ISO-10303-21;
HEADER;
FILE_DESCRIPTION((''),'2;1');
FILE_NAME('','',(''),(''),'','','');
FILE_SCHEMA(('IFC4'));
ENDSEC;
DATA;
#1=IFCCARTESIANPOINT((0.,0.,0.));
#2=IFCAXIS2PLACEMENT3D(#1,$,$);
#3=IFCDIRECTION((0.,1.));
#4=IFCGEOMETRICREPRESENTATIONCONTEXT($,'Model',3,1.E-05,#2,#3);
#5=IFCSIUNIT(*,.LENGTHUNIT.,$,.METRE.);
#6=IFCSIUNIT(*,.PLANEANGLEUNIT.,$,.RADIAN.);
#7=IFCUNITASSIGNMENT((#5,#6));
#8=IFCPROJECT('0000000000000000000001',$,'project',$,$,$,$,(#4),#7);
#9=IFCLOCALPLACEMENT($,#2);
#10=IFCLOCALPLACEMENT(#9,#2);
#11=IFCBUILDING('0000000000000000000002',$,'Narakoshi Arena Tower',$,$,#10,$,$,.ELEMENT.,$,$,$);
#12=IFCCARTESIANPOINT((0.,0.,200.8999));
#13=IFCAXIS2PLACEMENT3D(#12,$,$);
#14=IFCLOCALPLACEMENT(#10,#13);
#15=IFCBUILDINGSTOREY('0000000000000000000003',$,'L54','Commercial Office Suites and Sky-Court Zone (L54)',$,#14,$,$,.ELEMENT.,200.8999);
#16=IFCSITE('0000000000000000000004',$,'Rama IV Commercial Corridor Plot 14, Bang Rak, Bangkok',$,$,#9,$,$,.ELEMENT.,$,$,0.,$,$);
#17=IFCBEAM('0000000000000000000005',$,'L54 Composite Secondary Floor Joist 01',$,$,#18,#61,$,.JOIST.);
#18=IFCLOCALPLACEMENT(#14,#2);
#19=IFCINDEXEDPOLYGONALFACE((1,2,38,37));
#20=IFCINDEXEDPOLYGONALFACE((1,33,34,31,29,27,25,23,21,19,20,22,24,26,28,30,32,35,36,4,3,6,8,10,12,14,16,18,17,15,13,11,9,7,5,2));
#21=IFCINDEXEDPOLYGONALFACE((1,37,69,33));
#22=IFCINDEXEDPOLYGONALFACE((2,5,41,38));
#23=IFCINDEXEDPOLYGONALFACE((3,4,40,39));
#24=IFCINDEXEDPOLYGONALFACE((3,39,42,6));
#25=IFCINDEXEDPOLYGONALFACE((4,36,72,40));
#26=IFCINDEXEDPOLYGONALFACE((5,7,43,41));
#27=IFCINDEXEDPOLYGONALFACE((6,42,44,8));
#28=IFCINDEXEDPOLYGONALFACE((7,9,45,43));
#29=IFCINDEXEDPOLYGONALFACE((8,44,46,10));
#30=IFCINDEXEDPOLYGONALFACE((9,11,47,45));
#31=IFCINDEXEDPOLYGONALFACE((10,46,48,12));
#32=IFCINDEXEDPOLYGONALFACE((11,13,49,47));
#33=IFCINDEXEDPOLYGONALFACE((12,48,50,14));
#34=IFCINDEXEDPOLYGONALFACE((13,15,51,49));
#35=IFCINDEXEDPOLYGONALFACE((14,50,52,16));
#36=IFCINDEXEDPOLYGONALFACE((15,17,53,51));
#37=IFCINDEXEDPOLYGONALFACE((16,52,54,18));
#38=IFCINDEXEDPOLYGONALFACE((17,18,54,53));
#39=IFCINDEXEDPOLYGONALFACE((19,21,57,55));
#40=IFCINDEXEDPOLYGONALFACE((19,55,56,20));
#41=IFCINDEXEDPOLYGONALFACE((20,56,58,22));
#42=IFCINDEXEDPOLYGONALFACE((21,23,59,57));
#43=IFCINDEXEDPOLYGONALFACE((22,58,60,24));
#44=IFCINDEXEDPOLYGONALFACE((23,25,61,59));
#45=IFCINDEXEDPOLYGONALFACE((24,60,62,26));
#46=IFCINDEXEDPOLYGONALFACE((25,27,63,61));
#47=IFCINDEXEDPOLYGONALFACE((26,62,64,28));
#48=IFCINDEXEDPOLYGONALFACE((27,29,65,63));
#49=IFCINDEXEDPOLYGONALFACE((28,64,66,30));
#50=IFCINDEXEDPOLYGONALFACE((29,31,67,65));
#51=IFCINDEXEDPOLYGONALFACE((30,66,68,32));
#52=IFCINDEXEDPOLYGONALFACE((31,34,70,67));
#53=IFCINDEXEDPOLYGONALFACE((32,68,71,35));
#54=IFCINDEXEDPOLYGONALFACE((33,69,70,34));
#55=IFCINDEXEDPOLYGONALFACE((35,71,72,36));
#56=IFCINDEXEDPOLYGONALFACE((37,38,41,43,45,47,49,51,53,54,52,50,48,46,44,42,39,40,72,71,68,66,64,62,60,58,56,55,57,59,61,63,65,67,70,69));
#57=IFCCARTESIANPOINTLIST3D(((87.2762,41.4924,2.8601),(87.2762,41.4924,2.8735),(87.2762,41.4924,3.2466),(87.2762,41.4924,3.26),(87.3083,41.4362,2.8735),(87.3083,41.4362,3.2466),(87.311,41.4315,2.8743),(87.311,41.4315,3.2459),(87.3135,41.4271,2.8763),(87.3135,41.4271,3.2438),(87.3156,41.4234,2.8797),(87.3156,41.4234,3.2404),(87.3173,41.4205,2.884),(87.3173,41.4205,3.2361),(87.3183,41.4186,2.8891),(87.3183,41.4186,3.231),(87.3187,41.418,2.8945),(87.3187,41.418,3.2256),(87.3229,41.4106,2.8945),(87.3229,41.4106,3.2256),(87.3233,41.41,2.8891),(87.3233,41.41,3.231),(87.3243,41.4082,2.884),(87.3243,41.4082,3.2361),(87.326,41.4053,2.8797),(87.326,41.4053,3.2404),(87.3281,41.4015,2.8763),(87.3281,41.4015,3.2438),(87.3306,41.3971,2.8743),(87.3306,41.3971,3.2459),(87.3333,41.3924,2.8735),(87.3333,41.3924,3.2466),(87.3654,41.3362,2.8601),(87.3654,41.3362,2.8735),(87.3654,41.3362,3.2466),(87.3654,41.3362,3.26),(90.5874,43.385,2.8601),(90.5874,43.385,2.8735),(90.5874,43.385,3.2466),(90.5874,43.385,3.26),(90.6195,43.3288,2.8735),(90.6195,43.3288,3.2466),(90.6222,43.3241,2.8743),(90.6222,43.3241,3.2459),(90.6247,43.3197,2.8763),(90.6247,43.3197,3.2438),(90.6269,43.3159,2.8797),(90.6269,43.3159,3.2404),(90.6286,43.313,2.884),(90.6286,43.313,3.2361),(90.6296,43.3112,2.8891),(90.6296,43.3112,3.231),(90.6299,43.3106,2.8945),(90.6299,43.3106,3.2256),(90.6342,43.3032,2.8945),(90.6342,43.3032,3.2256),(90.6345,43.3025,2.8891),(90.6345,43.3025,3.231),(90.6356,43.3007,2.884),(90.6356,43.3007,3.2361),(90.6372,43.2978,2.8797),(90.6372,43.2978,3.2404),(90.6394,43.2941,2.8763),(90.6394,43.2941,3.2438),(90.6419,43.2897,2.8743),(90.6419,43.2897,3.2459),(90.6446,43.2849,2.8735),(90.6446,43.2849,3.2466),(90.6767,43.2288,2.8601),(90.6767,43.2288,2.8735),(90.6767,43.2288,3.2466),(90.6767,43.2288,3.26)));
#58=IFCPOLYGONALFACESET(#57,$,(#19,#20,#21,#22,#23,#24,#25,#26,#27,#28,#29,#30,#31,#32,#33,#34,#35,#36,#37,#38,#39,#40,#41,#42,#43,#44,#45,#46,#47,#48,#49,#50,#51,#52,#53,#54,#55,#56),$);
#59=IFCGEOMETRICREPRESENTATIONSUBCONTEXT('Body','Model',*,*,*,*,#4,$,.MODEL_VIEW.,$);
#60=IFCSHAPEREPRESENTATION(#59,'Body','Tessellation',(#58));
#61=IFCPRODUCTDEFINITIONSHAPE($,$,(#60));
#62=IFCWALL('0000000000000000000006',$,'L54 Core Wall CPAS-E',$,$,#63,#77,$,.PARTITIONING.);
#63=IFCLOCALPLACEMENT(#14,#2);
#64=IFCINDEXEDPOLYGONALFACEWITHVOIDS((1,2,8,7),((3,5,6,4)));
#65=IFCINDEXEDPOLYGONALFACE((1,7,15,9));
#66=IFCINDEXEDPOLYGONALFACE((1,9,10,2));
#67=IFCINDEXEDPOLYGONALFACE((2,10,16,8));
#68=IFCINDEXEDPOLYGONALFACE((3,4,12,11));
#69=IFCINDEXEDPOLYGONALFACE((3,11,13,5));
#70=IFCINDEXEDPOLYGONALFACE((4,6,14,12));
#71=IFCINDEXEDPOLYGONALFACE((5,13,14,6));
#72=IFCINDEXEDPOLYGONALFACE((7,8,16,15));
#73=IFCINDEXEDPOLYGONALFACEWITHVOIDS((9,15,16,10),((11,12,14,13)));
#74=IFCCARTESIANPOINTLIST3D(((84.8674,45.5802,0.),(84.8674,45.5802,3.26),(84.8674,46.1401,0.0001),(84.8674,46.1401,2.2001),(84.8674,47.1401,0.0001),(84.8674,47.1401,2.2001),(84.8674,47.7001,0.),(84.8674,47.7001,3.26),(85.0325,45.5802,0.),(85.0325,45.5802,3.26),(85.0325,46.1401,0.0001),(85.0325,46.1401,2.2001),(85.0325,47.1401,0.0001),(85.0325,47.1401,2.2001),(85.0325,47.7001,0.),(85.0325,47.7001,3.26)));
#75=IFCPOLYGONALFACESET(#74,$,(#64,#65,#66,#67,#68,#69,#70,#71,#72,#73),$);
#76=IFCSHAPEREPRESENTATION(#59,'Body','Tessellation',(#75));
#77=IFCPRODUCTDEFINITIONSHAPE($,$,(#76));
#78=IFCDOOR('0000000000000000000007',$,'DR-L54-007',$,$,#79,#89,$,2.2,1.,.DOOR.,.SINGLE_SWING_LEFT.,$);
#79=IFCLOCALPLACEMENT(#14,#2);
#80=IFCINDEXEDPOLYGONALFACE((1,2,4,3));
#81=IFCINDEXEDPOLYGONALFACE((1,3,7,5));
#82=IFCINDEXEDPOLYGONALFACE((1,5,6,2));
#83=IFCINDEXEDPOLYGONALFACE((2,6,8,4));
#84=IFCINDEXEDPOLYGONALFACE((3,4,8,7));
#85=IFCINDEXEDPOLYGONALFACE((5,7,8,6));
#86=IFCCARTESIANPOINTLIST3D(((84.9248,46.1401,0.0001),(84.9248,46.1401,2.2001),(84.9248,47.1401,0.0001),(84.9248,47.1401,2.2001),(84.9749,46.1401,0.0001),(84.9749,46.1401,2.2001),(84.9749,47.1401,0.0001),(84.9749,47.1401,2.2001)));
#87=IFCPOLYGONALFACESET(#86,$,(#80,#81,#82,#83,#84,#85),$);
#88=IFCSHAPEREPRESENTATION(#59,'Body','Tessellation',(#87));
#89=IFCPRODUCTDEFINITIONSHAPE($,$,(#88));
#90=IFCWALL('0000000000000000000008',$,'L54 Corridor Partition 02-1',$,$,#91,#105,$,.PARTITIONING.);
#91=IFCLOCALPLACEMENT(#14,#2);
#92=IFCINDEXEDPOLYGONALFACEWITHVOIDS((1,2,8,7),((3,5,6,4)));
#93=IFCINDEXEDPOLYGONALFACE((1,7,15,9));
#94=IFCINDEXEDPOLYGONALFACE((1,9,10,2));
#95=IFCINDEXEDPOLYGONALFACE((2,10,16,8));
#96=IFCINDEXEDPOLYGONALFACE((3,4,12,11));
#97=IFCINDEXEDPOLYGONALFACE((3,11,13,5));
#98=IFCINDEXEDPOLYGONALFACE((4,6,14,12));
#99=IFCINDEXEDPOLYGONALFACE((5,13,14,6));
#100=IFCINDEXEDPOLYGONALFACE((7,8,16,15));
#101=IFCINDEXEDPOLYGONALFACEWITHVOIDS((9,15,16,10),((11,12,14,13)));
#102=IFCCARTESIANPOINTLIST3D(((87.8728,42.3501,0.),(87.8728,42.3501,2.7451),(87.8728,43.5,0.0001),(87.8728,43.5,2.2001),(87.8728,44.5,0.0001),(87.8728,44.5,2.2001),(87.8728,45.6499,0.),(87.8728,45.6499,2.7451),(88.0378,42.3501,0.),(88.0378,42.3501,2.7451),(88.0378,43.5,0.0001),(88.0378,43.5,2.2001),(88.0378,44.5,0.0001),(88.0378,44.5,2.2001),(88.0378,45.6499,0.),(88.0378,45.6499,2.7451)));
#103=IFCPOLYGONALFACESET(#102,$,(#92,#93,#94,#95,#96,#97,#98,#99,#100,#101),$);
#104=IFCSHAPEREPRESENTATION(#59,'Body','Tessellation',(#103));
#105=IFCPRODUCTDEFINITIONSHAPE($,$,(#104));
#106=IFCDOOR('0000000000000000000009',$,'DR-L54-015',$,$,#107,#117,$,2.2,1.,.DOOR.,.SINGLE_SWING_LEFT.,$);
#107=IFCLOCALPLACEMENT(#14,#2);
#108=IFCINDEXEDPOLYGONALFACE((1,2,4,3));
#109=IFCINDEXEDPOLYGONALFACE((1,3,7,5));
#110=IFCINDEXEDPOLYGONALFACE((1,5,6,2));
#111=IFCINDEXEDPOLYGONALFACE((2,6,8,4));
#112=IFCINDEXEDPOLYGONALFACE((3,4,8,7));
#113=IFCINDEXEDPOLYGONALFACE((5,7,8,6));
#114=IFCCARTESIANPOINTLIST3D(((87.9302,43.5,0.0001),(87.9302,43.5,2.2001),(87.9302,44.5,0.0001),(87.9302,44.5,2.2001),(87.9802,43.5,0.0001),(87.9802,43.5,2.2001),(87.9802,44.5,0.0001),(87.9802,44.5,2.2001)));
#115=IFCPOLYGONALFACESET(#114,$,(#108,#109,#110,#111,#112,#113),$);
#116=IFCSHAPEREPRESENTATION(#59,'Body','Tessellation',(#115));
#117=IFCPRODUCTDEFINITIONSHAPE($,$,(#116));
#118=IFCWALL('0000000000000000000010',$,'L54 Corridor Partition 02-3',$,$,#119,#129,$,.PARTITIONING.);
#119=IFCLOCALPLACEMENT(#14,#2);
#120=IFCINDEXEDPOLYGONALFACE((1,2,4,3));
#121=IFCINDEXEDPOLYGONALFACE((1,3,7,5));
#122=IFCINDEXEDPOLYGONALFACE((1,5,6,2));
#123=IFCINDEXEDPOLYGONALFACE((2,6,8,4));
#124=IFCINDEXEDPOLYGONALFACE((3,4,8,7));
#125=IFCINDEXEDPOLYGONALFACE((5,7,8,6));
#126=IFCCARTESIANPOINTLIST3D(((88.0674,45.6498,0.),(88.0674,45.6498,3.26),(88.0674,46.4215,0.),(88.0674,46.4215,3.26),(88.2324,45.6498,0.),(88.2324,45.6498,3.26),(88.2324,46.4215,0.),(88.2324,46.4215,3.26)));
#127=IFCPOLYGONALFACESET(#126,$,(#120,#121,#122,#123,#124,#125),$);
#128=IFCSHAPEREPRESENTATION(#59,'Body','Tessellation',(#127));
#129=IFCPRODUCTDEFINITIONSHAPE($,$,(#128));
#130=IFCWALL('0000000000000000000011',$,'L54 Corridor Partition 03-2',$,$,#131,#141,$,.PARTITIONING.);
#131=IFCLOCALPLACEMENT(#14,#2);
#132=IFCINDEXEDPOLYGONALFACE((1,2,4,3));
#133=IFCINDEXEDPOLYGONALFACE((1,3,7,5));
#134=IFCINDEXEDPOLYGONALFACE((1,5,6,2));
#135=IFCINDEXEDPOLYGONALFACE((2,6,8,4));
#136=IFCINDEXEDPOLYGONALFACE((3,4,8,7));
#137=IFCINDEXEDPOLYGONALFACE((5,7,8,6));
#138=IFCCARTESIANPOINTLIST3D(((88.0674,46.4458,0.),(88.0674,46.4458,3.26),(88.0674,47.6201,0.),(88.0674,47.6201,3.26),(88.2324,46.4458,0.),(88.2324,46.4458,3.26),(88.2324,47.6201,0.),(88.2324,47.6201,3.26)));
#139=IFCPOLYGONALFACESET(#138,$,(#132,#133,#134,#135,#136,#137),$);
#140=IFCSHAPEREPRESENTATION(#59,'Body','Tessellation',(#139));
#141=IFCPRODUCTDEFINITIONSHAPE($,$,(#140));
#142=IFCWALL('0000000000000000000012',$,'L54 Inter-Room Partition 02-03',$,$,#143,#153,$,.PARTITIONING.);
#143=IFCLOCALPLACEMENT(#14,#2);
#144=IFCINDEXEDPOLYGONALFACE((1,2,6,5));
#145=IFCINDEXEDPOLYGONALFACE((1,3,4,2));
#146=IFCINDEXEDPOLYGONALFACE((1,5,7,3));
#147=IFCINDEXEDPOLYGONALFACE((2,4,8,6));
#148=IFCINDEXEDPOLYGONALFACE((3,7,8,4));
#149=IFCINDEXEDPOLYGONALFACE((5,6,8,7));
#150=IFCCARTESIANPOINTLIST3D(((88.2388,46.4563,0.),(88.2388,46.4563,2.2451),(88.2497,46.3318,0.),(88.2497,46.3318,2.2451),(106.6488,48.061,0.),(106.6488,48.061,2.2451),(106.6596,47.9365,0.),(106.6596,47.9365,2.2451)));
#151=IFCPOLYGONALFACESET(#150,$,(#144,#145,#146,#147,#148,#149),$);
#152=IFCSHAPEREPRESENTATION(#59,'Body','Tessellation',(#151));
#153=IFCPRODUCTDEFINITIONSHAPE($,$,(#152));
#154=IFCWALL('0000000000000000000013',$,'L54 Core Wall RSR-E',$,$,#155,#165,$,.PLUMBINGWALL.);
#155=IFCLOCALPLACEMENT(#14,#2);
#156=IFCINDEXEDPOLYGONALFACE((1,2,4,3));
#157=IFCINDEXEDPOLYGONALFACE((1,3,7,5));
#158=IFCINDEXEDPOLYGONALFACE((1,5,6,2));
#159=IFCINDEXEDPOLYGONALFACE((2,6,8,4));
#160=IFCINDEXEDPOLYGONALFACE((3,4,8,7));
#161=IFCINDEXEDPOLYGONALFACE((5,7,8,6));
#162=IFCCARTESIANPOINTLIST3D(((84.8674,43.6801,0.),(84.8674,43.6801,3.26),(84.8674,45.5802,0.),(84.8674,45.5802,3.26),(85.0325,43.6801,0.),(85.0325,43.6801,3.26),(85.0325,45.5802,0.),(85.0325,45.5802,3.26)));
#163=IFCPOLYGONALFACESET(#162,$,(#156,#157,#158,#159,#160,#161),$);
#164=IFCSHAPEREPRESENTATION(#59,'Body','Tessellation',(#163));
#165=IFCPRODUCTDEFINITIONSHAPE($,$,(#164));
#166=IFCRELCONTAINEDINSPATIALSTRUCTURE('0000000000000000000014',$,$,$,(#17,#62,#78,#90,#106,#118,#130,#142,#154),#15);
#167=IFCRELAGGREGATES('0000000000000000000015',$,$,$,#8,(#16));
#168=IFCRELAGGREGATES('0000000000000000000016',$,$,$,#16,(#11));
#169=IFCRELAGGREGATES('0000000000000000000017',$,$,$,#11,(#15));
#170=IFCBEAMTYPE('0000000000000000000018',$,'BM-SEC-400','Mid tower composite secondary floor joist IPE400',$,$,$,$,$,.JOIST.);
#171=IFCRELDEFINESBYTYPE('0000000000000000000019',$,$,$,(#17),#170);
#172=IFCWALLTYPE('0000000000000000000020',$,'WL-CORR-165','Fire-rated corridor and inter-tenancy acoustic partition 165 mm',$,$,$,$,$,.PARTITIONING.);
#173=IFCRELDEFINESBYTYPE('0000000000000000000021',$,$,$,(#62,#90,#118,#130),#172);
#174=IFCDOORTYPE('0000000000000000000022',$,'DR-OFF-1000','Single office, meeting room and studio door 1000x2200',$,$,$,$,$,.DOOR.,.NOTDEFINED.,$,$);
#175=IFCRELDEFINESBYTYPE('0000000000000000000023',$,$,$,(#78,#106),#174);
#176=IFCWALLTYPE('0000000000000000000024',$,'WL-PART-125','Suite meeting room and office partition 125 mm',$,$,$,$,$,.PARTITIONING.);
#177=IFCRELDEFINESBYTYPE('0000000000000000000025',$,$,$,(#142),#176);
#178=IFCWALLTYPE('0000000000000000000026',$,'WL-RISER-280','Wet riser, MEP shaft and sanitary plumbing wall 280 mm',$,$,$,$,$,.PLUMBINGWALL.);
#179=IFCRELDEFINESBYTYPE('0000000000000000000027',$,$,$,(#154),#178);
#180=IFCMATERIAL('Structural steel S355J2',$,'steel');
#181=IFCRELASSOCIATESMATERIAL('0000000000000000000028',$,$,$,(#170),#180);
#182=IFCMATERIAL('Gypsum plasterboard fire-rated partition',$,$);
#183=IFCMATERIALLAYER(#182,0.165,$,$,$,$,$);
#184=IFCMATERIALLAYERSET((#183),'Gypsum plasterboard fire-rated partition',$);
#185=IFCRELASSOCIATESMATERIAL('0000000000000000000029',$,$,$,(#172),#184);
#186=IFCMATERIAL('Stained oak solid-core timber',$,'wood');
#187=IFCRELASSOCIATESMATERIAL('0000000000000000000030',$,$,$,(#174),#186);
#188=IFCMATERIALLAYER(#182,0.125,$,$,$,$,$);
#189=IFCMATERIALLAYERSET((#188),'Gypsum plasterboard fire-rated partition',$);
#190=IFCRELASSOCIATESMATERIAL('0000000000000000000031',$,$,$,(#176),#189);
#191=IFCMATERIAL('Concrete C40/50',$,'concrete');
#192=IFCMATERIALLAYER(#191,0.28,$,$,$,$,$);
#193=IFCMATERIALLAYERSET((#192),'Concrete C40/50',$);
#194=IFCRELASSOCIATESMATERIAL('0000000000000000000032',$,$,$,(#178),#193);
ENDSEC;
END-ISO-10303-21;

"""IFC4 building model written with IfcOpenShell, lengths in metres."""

from ifc_helpers import new_model, si_unit, direction, frame, frame_2d, origin, origin_2d, place, context, subcontext, project, spatial, rectangle, i_section, extrude, material, layer, layer_set, material_profile, profile_set, type_object, element, fill, save


model = new_model("IFC4")

# Units and contexts
model_context = context("Model", 3, precision=1e-05, world=origin(), true_north=direction((0.0, 1.0)))
body_context = subcontext(model_context, "Body", "Model", "MODEL_VIEW")
ifc_project = project(units=[si_unit("LENGTHUNIT", "METRE"), si_unit("PLANEANGLEUNIT", "RADIAN")], contexts=[model_context])

# Site, building, storey
site_placement = place(None, origin())
site = spatial("IfcSite", under=ifc_project, at=site_placement, Name="Rama IV Commercial Corridor Plot 14, Bang Rak, Bangkok", CompositionType="ELEMENT", RefElevation=0.0)
building_placement = place(site_placement, origin())
building = spatial("IfcBuilding", under=site, at=building_placement, Name="Narakoshi Arena Tower", CompositionType="ELEMENT")
storey_placement = place(building_placement, frame((0.0, 0.0, 200.8999)))
storey = spatial("IfcBuildingStorey", under=building, at=storey_placement, Name="L54", Description="Commercial Office Suites and Sky-Court Zone (L54)", CompositionType="ELEMENT", Elevation=200.8999)

# Beam
ifc_material_1 = material(Name="Structural steel S355J2", Category="steel")
ifc_material_profile_1 = material_profile(ifc_material_1, i_section(OverallWidth=0.1799, OverallDepth=0.3999, WebThickness=0.0085, FlangeThickness=0.0134, FilletRadius=0.021, at=origin_2d()), Name="IPE400")
ifc_profile_set_1 = profile_set([ifc_material_profile_1], Name="Structural steel S355J2")
beam_type_1 = type_object("IfcBeamType", Name="BM-SEC-400", Description="Mid tower composite secondary floor joist IPE400", PredefinedType="JOIST", material=ifc_profile_set_1)
beam_1_placement = place(storey_placement, frame((87.3208, 41.4143, 3.0601), z_axis=(0.868196, 0.496222, 0.0), x_axis=(-0.496222, 0.868196, 0.0)))
element("IfcBeam", 1, at=beam_1_placement, inside=storey, type_object=beam_type_1, Name="L54 Composite Secondary Floor Joist 01", PredefinedType="JOIST", context=body_context, shape_type="SweptSolid", body=[
    extrude(i_section(OverallWidth=0.1799, OverallDepth=0.3999, WebThickness=0.0085, FlangeThickness=0.0134, FilletRadius=0.021, at=origin_2d()), origin(), (0.0, 0.0, 1.0), 3.814),
])

# Walls, openings, doors
ifc_material_2 = material(Name="Gypsum plasterboard fire-rated partition")
ifc_layer_1 = layer(ifc_material_2, 0.165)
ifc_layer_set_1 = layer_set([ifc_layer_1], Name="Gypsum plasterboard fire-rated partition")
wall_type_1 = type_object("IfcWallType", Name="WL-CORR-165", Description="Fire-rated corridor and inter-tenancy acoustic partition 165 mm", PredefinedType="PARTITIONING", material=ifc_layer_set_1)
wall_1_placement = place(storey_placement, frame((84.95, 45.5801, 0.0), z_axis=(0.0, 0.0, 1.0), x_axis=(0.0, 1.0, 0.0)))
wall_1 = element("IfcWall", 2, at=wall_1_placement, inside=storey, type_object=wall_type_1, Name="L54 Core Wall CPAS-E", PredefinedType="PARTITIONING", context=body_context, shape_type="SweptSolid", body=[
    extrude(rectangle(XDim=2.1199, YDim=0.165, at=frame_2d((1.0601, 0.0))), origin(), (0.0, 0.0, 1.0), 3.26),
])
opening_1_placement = place(wall_1_placement, frame((0.5601, 0.0, 0.0)))
opening_1 = element("IfcOpeningElement", 3, at=opening_1_placement, cuts=wall_1, PredefinedType="OPENING", context=body_context, shape_type="SweptSolid", body=[
    extrude(rectangle(XDim=1.0, YDim=2.2, at=frame_2d((0.5, 1.1001))), frame((0.0, 0.0925, 0.0), z_axis=(0.0, -1.0, 0.0), x_axis=(1.0, 0.0, 0.0)), (0.0, 0.0, 1.0), 0.1851),
])
ifc_material_3 = material(Name="Stained oak solid-core timber", Category="wood")
door_type_1 = type_object("IfcDoorType", Name="DR-OFF-1000", Description="Single office, meeting room and studio door 1000x2200", OperationType="NOTDEFINED", PredefinedType="DOOR", material=ifc_material_3)
door_1_placement = place(opening_1_placement, frame((1.0, 0.0, 0.0), z_axis=(0.0, 0.0, 1.0), x_axis=(-1.0, 0.0, 0.0)))
door_1 = element("IfcDoor", 4, at=door_1_placement, inside=storey, type_object=door_type_1, Name="DR-L54-007", OperationType="SINGLE_SWING_LEFT", OverallHeight=2.2, OverallWidth=1.0, PredefinedType="DOOR", context=body_context, shape_type="SweptSolid", body=[
    extrude(rectangle(XDim=1.0, YDim=2.2, at=frame_2d((0.5, 1.1001))), frame((0.0, 0.0249, 0.0), z_axis=(0.0, -1.0, 0.0), x_axis=(1.0, 0.0, 0.0)), (0.0, 0.0, 1.0), 0.05),
])
fill(opening_1, door_1)
wall_2_placement = place(storey_placement, frame((87.9553, 42.3501, 0.0), z_axis=(0.0, 0.0, 1.0), x_axis=(0.0, 1.0, 0.0)))
wall_2 = element("IfcWall", 5, at=wall_2_placement, inside=storey, type_object=wall_type_1, Name="L54 Corridor Partition 02-1", PredefinedType="PARTITIONING", context=body_context, shape_type="SweptSolid", body=[
    extrude(rectangle(XDim=3.2998, YDim=0.165, at=frame_2d((1.6499, 0.0))), origin(), (0.0, 0.0, 1.0), 2.7451),
])
opening_2_placement = place(wall_2_placement, frame((1.1499, 0.0, 0.0)))
opening_2 = element("IfcOpeningElement", 6, at=opening_2_placement, cuts=wall_2, PredefinedType="OPENING", context=body_context, shape_type="SweptSolid", body=[
    extrude(rectangle(XDim=1.0, YDim=2.2, at=frame_2d((0.5, 1.1001))), frame((0.0, 0.0925, 0.0), z_axis=(0.0, -1.0, 0.0), x_axis=(1.0, 0.0, 0.0)), (0.0, 0.0, 1.0), 0.1851),
])
door_2_placement = place(opening_2_placement, frame((1.0, 0.0, 0.0), z_axis=(0.0, 0.0, 1.0), x_axis=(-1.0, 0.0, 0.0)))
door_2 = element("IfcDoor", 7, at=door_2_placement, inside=storey, type_object=door_type_1, Name="DR-L54-015", OperationType="SINGLE_SWING_LEFT", OverallHeight=2.2, OverallWidth=1.0, PredefinedType="DOOR", context=body_context, shape_type="SweptSolid", body=[
    extrude(rectangle(XDim=1.0, YDim=2.2, at=frame_2d((0.5, 1.1001))), frame((0.0, 0.0249, 0.0), z_axis=(0.0, -1.0, 0.0), x_axis=(1.0, 0.0, 0.0)), (0.0, 0.0, 1.0), 0.05),
])
fill(opening_2, door_2)

# Walls
wall_3_placement = place(storey_placement, frame((88.1499, 45.6499, 0.0), z_axis=(0.0, 0.0, 1.0), x_axis=(0.0, 1.0, 0.0)))
element("IfcWall", 8, at=wall_3_placement, inside=storey, type_object=wall_type_1, Name="L54 Corridor Partition 02-3", PredefinedType="PARTITIONING", context=body_context, shape_type="SweptSolid", body=[
    extrude(rectangle(XDim=0.7717, YDim=0.165, at=frame_2d((0.3857, 0.0))), origin(), (0.0, 0.0, 1.0), 3.26),
])
wall_4_placement = place(storey_placement, frame((88.1499, 46.4458, 0.0), z_axis=(0.0, 0.0, 1.0), x_axis=(0.0, 1.0, 0.0)))
element("IfcWall", 9, at=wall_4_placement, inside=storey, type_object=wall_type_1, Name="L54 Corridor Partition 03-2", PredefinedType="PARTITIONING", context=body_context, shape_type="SweptSolid", body=[
    extrude(rectangle(XDim=1.1743, YDim=0.165, at=frame_2d((0.5872, 0.0))), origin(), (0.0, 0.0, 1.0), 3.26),
])
ifc_layer_2 = layer(ifc_material_2, 0.125)
ifc_layer_set_2 = layer_set([ifc_layer_2], Name="Gypsum plasterboard fire-rated partition")
wall_type_2 = type_object("IfcWallType", Name="WL-PART-125", Description="Suite meeting room and office partition 125 mm", PredefinedType="PARTITIONING", material=ifc_layer_set_2)
wall_5_placement = place(storey_placement, frame((88.2444, 46.394, 0.0), z_axis=(0.0, 0.0, 1.0), x_axis=(0.996222, 0.086838, 0.0)))
element("IfcWall", 10, at=wall_5_placement, inside=storey, type_object=wall_type_2, Name="L54 Inter-Room Partition 02-03", PredefinedType="PARTITIONING", context=body_context, shape_type="SweptSolid", body=[
    extrude(rectangle(XDim=18.4797, YDim=0.125, at=frame_2d((9.2397, 0.0))), origin(), (0.0, 0.0, 1.0), 2.2451),
])
ifc_material_4 = material(Name="Concrete C40/50", Category="concrete")
ifc_layer_3 = layer(ifc_material_4, 0.28)
ifc_layer_set_3 = layer_set([ifc_layer_3], Name="Concrete C40/50")
wall_type_3 = type_object("IfcWallType", Name="WL-RISER-280", Description="Wet riser, MEP shaft and sanitary plumbing wall 280 mm", PredefinedType="PLUMBINGWALL", material=ifc_layer_set_3)
wall_6_placement = place(storey_placement, frame((84.95, 43.6799, 0.0), z_axis=(0.0, 0.0, 1.0), x_axis=(0.0, 1.0, 0.0)))
element("IfcWall", 11, at=wall_6_placement, inside=storey, type_object=wall_type_3, Name="L54 Core Wall RSR-E", PredefinedType="PLUMBINGWALL", context=body_context, shape_type="SweptSolid", body=[
    extrude(rectangle(XDim=1.9001, YDim=0.165, at=frame_2d((0.9502, 0.0))), origin(), (0.0, 0.0, 1.0), 3.26),
])

save(model, "model.ifc")
